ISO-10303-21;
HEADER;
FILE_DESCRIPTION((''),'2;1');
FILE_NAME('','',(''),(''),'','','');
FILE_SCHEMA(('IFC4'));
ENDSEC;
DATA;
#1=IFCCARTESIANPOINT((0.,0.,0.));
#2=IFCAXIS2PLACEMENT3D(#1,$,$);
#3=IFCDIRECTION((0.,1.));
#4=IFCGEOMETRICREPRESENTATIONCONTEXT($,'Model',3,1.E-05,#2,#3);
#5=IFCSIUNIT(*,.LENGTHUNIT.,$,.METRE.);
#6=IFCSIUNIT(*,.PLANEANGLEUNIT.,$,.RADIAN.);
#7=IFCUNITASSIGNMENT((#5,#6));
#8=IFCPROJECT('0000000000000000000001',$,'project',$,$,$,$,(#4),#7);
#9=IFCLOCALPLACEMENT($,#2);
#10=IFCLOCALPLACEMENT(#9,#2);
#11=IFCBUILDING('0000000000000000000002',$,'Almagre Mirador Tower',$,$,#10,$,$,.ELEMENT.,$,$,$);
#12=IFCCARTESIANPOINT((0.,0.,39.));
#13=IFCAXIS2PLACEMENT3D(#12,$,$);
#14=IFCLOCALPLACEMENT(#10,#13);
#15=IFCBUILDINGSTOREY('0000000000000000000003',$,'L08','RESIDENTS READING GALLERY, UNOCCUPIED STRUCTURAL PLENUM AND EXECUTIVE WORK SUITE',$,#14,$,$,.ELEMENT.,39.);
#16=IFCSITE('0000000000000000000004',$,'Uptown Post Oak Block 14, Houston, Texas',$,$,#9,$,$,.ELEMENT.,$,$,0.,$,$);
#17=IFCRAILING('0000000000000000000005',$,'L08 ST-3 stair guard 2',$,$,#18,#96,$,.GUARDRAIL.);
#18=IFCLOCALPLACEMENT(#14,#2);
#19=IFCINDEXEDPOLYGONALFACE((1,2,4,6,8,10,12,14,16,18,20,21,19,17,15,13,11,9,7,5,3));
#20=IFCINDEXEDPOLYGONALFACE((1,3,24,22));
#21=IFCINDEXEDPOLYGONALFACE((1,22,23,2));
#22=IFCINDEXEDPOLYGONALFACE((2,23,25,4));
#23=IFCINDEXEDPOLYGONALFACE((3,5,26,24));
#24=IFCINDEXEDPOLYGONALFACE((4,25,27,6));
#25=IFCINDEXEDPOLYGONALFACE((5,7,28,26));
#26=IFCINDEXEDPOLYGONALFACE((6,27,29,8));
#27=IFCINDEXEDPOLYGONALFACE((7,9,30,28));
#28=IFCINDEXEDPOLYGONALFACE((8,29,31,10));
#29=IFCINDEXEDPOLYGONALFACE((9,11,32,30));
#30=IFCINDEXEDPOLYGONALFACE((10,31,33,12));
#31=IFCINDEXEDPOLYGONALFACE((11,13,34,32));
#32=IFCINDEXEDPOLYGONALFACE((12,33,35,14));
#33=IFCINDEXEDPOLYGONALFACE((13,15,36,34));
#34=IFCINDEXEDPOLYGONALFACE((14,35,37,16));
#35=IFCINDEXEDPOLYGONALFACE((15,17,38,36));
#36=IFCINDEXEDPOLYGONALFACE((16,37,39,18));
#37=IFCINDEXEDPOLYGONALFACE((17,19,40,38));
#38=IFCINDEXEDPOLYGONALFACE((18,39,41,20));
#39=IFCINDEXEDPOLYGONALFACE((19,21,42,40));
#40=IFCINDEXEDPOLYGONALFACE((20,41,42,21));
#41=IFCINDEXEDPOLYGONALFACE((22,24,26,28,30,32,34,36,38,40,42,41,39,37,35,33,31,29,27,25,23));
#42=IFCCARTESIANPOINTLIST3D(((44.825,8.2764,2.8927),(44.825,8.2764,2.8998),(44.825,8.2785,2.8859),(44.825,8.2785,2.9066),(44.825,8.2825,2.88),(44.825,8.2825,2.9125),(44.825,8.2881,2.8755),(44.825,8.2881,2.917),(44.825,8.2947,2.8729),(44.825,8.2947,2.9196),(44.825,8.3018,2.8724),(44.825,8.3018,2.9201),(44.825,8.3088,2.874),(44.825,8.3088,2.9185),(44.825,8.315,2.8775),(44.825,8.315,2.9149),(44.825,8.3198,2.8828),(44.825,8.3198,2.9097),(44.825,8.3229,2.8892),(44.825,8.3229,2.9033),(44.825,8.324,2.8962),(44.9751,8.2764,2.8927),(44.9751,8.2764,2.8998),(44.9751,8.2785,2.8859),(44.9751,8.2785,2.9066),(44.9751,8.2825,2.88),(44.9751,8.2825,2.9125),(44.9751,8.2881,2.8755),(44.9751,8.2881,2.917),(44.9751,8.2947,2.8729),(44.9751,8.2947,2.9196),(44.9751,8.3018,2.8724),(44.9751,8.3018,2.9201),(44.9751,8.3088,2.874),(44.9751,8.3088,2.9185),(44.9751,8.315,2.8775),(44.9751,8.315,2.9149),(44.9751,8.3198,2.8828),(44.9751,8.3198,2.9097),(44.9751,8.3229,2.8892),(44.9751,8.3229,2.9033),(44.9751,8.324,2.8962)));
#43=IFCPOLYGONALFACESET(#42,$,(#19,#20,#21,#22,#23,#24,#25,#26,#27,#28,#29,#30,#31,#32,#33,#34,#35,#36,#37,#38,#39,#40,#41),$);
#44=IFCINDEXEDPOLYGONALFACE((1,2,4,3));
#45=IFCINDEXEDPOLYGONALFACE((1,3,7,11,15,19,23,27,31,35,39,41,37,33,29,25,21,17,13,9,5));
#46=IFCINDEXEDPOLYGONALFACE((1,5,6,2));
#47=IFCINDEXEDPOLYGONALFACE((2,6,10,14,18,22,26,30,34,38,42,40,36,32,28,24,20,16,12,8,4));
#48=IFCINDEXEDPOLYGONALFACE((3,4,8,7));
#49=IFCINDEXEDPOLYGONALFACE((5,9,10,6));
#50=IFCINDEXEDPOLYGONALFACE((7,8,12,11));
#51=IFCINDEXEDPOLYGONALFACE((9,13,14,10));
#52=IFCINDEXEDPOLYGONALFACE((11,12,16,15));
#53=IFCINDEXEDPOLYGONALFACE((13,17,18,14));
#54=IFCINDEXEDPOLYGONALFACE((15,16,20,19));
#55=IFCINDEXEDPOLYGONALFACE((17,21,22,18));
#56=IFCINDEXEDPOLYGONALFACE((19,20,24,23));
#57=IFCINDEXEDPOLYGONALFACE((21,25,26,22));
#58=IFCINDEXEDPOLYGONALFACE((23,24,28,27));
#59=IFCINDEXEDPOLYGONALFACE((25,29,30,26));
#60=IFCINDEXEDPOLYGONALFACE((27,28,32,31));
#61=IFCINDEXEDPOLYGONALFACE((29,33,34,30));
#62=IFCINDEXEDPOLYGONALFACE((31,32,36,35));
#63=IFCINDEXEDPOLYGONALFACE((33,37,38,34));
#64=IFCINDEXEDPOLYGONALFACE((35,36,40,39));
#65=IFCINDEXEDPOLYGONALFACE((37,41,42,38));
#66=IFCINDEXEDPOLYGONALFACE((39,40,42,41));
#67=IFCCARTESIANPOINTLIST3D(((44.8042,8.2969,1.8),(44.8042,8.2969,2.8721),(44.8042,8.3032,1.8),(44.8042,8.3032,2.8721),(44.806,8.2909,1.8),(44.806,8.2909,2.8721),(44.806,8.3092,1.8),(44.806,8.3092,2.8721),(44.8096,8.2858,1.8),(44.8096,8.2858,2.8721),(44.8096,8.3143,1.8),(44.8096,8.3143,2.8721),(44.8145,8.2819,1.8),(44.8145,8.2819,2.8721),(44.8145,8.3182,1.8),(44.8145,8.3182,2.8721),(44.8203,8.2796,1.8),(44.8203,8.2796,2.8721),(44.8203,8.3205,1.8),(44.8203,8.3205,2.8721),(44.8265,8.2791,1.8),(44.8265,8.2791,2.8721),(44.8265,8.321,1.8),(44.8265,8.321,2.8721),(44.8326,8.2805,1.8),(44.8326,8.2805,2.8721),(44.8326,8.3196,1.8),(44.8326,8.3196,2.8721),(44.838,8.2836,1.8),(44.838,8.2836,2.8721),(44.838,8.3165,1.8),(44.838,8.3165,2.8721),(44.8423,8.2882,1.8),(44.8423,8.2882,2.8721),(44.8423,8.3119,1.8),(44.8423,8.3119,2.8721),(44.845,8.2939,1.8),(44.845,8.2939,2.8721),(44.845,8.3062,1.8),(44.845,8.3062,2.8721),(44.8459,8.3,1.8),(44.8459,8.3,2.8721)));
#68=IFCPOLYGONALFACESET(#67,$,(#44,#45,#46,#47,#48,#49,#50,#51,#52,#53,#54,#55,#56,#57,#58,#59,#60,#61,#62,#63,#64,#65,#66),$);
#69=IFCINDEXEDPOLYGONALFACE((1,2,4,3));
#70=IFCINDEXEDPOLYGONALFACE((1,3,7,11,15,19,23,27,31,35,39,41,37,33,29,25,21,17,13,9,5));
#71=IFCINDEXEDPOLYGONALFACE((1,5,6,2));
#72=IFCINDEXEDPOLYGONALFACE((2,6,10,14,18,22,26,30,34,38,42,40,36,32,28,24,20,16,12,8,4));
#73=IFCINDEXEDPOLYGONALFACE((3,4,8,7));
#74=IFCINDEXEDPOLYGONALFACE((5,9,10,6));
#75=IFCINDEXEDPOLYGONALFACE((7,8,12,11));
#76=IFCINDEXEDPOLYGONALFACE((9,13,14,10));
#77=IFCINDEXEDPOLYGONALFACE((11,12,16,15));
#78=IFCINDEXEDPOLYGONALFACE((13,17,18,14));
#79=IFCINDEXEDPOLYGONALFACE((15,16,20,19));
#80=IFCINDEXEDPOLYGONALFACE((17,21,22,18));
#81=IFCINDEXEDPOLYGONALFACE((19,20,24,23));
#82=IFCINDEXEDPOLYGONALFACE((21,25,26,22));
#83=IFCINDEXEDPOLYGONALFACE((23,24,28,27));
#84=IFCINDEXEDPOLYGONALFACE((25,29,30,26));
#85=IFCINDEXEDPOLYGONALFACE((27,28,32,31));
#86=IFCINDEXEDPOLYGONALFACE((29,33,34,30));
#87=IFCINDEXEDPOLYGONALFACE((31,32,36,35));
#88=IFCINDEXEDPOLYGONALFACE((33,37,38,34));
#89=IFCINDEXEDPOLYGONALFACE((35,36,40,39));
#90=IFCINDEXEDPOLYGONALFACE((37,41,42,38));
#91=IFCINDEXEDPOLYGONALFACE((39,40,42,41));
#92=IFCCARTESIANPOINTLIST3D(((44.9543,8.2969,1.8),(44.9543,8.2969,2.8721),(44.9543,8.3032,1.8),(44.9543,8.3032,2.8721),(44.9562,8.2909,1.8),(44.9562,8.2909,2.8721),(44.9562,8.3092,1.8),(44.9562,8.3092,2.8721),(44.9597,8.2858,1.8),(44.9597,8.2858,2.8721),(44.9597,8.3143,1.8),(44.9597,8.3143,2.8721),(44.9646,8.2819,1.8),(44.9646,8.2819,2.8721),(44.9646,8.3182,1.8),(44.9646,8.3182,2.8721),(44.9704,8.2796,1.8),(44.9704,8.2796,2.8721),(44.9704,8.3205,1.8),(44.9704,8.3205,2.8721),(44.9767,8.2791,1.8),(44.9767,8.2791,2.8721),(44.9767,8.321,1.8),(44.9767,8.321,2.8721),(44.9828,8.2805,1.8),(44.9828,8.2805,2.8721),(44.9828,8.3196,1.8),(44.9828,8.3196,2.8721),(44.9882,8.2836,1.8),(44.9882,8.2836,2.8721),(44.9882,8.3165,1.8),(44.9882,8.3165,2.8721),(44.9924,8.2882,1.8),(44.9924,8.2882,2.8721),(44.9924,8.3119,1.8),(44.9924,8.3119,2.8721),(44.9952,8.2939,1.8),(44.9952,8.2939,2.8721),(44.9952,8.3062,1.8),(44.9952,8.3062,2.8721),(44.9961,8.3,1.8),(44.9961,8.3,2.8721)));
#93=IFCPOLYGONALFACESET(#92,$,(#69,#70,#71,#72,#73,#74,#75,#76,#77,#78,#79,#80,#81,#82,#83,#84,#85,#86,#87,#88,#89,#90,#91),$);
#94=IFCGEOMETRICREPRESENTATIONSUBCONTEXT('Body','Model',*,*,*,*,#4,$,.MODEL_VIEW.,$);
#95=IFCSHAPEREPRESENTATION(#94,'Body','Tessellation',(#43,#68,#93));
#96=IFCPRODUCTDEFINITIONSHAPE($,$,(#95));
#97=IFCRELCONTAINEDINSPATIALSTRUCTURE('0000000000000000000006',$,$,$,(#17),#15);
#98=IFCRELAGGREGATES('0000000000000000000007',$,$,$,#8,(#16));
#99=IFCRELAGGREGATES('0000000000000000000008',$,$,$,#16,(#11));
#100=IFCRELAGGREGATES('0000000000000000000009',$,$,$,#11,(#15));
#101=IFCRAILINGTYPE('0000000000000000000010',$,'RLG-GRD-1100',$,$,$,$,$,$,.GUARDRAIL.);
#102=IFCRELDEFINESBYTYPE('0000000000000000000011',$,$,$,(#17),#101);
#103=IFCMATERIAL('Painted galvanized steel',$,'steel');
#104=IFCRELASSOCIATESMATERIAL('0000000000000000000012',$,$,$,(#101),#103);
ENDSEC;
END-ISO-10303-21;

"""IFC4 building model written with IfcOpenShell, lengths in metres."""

from ifc_helpers import new_model, si_unit, direction, frame, origin, origin_2d, place, context, subcontext, project, spatial, circle, extrude, material, type_object, element, save


model = new_model("IFC4")

# Units and contexts
model_context = context("Model", 3, precision=1e-05, world=origin(), true_north=direction((0.0, 1.0)))
body_context = subcontext(model_context, "Body", "Model", "MODEL_VIEW")
ifc_project = project(units=[si_unit("LENGTHUNIT", "METRE"), si_unit("PLANEANGLEUNIT", "RADIAN")], contexts=[model_context])

# Site, building, storey
site_placement = place(None, origin())
site = spatial("IfcSite", under=ifc_project, at=site_placement, Name="Uptown Post Oak Block 14, Houston, Texas", CompositionType="ELEMENT", RefElevation=0.0)
building_placement = place(site_placement, origin())
building = spatial("IfcBuilding", under=site, at=building_placement, Name="Almagre Mirador Tower", CompositionType="ELEMENT")
storey_placement = place(building_placement, frame((0.0, 0.0, 39.0)))
storey = spatial("IfcBuildingStorey", under=building, at=storey_placement, Name="L08", Description="RESIDENTS READING GALLERY, UNOCCUPIED STRUCTURAL PLENUM AND EXECUTIVE WORK SUITE", CompositionType="ELEMENT", Elevation=39.0)

# Railing
ifc_material_1 = material(Name="Painted galvanized steel", Category="steel")
railing_type_1 = type_object("IfcRailingType", Name="RLG-GRD-1100", PredefinedType="GUARDRAIL", material=ifc_material_1)
railing_1_placement = place(storey_placement, frame((44.825, 8.3, 1.8)))
element("IfcRailing", 1, at=railing_1_placement, inside=storey, type_object=railing_type_1, Name="L08 ST-3 stair guard 2", PredefinedType="GUARDRAIL", context=body_context, shape_type="SweptSolid", body=[
    extrude(circle(Radius=0.0239, at=origin_2d()), frame((0.0, 0.0, 1.0962), z_axis=(1.0, 0.0, 0.0), x_axis=(0.0, 1.0, 0.0)), (0.0, 0.0, 1.0), 0.1501),
    extrude(circle(Radius=0.021, at=origin_2d()), origin(), (0.0, 0.0, 1.0), 1.072),
    extrude(circle(Radius=0.021, at=origin_2d()), frame((0.1501, 0.0, 0.0)), (0.0, 0.0, 1.0), 1.072),
])

save(model, "model.ifc")
